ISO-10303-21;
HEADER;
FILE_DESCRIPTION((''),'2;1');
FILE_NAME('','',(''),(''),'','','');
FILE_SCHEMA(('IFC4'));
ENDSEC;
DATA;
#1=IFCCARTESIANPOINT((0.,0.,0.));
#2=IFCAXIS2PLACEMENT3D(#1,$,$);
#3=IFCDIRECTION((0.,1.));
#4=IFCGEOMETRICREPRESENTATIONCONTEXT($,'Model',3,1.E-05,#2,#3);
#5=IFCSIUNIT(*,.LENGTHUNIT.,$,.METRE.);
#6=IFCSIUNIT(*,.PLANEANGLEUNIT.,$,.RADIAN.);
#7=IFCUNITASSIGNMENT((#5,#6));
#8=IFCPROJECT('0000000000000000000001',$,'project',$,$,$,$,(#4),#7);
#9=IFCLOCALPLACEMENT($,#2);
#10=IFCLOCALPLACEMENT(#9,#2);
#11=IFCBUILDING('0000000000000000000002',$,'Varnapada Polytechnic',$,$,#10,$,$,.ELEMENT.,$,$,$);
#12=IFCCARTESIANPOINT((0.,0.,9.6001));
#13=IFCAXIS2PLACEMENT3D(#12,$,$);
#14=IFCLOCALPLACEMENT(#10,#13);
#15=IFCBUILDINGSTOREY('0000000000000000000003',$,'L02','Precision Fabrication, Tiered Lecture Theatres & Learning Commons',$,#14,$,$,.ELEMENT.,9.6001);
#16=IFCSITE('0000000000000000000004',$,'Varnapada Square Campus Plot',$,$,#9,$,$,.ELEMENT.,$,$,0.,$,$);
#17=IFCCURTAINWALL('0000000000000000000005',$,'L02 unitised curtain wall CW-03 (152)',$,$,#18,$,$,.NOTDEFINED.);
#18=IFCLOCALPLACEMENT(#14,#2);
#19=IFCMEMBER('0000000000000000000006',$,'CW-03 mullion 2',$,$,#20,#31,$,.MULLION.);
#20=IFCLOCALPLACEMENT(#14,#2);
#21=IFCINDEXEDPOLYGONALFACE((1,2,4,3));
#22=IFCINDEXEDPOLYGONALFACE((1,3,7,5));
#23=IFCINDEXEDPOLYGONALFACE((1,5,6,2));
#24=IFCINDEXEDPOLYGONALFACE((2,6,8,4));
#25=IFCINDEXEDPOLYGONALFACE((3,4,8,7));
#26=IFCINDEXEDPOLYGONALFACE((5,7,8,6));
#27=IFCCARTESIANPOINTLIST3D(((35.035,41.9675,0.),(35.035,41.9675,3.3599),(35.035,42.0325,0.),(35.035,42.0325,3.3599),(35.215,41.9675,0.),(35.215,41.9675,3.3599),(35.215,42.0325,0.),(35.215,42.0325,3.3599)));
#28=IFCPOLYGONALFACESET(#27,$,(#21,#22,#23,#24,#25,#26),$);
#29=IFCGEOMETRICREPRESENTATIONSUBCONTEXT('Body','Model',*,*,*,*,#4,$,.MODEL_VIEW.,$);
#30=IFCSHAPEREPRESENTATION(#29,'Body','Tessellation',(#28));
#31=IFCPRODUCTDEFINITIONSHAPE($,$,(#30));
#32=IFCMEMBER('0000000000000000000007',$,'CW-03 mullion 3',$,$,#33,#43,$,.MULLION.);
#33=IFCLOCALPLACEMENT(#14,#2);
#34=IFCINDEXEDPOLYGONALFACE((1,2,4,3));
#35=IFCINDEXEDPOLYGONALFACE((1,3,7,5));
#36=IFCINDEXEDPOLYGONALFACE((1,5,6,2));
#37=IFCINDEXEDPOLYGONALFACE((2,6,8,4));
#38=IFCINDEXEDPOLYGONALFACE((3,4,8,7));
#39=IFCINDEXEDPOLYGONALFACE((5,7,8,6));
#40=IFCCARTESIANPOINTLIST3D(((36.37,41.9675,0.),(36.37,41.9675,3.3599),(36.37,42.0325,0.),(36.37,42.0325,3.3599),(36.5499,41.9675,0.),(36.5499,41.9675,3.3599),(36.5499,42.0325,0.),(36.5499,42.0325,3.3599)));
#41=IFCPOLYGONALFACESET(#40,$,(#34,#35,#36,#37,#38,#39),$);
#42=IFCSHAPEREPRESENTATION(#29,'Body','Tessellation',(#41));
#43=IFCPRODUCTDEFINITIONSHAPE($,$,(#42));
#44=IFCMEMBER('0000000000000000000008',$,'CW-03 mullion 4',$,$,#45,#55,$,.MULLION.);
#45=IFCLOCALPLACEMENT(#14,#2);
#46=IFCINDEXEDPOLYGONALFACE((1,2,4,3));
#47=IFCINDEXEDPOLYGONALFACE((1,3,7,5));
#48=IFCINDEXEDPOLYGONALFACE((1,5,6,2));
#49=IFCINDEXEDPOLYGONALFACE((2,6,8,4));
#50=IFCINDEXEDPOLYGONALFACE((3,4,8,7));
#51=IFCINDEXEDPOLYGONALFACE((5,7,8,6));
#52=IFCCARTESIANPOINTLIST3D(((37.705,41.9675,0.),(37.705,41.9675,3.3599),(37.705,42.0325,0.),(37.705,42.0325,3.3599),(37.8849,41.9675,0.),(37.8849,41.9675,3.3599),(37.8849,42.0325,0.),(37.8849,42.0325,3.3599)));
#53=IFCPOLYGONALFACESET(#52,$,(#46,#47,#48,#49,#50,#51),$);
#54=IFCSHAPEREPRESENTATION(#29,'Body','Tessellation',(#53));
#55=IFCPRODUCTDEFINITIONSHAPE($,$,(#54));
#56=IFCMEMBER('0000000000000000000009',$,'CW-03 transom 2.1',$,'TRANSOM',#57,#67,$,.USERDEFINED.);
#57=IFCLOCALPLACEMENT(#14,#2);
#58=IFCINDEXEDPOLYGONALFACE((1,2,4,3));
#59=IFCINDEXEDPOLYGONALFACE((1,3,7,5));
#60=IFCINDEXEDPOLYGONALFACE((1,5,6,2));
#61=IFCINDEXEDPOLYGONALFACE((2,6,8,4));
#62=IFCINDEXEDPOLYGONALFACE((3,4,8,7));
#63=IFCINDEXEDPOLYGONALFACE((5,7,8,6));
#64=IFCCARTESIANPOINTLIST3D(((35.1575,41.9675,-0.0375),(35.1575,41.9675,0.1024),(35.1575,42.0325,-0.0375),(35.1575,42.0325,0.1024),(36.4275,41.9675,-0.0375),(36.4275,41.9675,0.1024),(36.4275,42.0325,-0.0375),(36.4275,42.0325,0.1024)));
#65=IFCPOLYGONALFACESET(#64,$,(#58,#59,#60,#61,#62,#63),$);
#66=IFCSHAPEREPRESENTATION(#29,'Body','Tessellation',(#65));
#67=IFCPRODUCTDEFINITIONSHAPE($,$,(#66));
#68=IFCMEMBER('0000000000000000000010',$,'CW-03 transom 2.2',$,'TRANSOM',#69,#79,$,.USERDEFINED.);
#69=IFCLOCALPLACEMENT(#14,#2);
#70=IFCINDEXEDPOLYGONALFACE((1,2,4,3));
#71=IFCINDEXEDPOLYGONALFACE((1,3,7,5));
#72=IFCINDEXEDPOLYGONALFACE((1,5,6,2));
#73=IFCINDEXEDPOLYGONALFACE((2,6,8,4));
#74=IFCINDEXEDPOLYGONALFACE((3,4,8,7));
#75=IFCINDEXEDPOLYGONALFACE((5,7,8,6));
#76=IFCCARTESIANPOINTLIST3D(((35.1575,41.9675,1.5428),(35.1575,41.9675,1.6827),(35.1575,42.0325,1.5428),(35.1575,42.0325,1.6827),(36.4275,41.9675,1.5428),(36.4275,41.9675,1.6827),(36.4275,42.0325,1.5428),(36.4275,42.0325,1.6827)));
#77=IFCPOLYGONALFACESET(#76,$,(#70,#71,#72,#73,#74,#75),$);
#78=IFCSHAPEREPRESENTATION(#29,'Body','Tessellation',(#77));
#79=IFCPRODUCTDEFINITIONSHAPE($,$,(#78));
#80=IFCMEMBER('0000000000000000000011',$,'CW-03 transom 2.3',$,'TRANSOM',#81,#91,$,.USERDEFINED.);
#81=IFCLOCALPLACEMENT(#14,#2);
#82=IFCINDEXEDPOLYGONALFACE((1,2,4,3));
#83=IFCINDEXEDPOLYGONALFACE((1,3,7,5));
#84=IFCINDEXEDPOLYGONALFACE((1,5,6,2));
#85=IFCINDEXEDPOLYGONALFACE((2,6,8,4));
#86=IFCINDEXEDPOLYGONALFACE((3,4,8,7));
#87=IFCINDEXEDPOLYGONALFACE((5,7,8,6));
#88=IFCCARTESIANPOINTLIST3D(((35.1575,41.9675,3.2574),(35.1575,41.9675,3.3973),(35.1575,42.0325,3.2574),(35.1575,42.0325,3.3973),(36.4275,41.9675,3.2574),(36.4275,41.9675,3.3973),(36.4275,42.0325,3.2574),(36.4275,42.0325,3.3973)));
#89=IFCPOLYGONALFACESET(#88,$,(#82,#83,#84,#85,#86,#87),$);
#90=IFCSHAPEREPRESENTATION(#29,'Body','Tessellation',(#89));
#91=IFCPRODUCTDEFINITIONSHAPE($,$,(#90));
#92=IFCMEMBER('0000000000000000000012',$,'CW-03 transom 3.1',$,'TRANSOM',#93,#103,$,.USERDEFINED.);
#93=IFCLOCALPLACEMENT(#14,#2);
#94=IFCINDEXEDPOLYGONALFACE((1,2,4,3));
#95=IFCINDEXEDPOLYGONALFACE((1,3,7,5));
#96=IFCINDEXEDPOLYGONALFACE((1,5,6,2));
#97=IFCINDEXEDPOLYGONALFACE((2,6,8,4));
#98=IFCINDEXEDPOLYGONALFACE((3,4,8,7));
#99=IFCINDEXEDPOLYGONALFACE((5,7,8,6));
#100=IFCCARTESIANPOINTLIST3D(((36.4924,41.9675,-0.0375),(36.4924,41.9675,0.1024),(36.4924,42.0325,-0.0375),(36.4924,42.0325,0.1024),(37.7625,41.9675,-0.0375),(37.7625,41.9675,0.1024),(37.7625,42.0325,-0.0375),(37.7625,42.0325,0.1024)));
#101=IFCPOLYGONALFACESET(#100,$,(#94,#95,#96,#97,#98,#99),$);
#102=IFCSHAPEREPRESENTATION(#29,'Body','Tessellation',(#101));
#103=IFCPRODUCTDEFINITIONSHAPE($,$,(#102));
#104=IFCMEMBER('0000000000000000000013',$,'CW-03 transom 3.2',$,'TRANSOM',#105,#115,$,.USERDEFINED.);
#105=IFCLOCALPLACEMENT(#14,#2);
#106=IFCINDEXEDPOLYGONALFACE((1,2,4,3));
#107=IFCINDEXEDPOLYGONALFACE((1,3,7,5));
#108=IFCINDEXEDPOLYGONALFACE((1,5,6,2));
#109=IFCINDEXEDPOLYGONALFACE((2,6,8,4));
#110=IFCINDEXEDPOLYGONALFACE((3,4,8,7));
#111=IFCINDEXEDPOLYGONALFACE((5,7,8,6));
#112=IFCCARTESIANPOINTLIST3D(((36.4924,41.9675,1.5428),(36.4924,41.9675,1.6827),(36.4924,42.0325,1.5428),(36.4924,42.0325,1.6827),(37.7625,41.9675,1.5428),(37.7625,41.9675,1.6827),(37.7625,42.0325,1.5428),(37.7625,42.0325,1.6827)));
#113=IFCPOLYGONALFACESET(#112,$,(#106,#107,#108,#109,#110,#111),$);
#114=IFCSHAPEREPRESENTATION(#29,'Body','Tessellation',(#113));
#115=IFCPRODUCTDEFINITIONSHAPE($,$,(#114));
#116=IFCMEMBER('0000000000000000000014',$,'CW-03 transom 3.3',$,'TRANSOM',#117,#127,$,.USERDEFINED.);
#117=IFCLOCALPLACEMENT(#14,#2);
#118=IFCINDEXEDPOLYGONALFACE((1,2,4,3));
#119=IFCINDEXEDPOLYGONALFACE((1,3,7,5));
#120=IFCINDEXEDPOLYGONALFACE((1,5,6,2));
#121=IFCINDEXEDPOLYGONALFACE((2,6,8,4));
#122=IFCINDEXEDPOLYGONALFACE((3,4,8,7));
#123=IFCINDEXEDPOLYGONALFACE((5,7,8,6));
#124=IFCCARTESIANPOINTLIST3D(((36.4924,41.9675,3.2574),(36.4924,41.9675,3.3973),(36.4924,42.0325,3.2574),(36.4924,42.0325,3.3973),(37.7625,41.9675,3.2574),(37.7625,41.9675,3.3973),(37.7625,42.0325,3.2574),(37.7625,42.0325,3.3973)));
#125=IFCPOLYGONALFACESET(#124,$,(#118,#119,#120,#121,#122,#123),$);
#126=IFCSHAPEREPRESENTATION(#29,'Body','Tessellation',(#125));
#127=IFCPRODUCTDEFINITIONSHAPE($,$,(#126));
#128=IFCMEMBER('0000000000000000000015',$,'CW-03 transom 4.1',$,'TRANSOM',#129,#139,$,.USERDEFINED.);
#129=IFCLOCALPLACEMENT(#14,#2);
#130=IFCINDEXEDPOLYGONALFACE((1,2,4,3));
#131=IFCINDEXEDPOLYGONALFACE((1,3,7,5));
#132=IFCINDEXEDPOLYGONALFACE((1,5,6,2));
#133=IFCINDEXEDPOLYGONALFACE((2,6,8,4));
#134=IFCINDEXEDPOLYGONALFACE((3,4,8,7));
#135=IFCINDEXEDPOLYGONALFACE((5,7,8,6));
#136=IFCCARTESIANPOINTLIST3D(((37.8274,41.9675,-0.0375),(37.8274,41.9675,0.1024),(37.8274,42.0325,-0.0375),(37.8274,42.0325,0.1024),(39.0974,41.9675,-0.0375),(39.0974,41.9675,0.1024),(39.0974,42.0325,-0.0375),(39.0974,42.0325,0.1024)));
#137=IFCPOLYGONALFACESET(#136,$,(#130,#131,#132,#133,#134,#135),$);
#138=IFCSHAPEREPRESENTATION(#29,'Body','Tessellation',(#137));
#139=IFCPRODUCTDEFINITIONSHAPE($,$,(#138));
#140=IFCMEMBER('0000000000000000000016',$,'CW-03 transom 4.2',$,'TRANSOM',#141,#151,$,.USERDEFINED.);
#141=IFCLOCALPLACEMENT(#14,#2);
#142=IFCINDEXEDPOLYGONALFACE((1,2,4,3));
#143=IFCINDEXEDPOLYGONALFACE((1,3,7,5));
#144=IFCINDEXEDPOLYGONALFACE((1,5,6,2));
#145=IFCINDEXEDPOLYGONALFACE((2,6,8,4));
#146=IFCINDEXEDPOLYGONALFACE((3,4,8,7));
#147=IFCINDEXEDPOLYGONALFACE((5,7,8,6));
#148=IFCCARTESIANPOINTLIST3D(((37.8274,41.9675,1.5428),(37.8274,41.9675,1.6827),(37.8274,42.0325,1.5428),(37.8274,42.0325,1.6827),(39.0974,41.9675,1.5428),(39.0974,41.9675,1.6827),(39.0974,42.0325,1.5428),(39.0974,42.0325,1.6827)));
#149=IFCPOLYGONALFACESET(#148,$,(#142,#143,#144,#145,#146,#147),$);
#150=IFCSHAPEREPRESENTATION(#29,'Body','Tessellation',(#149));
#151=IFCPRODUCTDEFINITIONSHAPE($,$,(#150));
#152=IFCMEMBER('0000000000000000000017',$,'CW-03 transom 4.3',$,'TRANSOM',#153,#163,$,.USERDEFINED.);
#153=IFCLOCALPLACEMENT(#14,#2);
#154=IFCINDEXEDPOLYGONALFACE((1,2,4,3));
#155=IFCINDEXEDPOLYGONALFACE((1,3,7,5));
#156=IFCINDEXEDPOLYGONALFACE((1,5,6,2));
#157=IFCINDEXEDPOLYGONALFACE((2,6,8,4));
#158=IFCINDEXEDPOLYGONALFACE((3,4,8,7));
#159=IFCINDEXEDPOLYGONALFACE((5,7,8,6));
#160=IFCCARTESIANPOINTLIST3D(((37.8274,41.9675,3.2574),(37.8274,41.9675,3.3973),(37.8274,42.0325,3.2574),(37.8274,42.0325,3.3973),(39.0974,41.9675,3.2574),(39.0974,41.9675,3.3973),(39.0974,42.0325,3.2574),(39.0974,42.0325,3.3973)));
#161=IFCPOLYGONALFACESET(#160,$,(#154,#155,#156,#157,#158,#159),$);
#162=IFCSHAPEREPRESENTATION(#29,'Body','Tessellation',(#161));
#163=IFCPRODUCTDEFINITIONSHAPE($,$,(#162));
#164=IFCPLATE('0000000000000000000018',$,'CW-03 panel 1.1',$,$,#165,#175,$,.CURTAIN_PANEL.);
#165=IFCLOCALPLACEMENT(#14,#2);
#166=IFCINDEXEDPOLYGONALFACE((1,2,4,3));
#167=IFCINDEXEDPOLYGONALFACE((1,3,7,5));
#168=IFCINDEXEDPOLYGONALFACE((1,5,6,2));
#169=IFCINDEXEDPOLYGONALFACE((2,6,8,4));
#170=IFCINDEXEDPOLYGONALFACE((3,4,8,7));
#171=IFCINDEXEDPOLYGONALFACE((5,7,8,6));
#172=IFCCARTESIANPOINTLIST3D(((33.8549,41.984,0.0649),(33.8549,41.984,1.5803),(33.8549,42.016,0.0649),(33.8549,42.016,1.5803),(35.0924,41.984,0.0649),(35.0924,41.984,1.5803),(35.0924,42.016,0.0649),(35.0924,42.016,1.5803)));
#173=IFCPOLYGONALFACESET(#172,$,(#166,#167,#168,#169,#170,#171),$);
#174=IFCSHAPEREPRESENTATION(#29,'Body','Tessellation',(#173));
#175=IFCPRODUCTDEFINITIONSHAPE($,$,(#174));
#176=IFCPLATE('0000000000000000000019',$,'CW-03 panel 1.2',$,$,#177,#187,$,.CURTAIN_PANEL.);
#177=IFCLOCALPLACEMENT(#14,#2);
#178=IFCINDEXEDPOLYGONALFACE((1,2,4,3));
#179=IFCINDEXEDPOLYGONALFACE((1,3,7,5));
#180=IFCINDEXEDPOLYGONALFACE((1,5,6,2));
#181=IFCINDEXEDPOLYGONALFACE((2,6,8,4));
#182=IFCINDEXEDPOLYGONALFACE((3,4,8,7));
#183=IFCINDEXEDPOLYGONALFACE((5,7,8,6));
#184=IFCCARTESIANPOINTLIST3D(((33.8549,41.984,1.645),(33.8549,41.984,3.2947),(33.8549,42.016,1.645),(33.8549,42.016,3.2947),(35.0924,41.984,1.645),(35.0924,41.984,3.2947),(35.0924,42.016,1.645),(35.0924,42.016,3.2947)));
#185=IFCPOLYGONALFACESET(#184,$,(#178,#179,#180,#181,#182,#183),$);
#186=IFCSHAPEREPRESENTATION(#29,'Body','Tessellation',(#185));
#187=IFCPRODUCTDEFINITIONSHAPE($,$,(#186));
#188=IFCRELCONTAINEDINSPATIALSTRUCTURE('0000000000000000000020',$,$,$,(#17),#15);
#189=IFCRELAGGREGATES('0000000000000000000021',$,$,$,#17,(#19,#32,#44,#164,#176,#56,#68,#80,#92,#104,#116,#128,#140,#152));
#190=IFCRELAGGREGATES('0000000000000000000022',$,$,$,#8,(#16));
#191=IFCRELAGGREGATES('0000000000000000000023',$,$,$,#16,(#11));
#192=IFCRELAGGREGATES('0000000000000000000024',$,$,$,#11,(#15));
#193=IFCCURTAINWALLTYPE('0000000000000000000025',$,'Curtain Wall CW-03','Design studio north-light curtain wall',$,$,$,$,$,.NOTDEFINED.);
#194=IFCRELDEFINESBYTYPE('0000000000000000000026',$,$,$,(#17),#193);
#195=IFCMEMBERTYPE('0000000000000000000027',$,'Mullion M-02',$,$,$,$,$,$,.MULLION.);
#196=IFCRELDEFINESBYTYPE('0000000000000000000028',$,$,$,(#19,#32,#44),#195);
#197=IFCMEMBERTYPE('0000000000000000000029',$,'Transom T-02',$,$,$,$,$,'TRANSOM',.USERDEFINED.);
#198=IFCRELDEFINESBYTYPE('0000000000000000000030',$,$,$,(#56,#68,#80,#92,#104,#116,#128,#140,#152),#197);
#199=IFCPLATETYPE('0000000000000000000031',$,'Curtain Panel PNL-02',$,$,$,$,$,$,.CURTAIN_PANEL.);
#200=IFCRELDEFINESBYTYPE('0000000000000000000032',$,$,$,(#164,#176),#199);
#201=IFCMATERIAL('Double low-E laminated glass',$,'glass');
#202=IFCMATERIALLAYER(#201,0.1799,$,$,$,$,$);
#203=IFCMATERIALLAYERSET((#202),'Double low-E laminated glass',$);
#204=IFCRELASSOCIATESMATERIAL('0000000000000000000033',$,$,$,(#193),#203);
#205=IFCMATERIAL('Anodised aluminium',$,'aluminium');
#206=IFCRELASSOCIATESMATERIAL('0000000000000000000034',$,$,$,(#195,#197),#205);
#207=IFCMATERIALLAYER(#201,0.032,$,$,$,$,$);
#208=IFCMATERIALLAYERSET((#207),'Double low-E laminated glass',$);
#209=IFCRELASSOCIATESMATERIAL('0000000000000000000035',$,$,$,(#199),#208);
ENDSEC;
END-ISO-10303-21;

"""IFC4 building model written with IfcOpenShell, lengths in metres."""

from ifc_helpers import new_model, si_unit, direction, frame, origin, origin_2d, place, context, subcontext, project, spatial, rectangle, extrude, material, layer, layer_set, material_profile, profile_set, type_object, element, aggregate, save


model = new_model("IFC4")

# Units and contexts
model_context = context("Model", 3, precision=1e-05, world=origin(), true_north=direction((0.0, 1.0)))
body_context = subcontext(model_context, "Body", "Model", "MODEL_VIEW")
ifc_project = project(units=[si_unit("LENGTHUNIT", "METRE"), si_unit("PLANEANGLEUNIT", "RADIAN")], contexts=[model_context])

# Site, building, storey
site_placement = place(None, origin())
site = spatial("IfcSite", under=ifc_project, at=site_placement, Name="Varnapada Square Campus Plot", CompositionType="ELEMENT", RefElevation=0.0)
building_placement = place(site_placement, origin())
building = spatial("IfcBuilding", under=site, at=building_placement, Name="Varnapada Polytechnic", CompositionType="ELEMENT")
storey_placement = place(building_placement, frame((0.0, 0.0, 9.6001)))
storey = spatial("IfcBuildingStorey", under=building, at=storey_placement, Name="L02", Description="Precision Fabrication, Tiered Lecture Theatres & Learning Commons", CompositionType="ELEMENT", Elevation=9.6001)

# Curtain wall, members, plates
ifc_material_1 = material(Name="Double low-E laminated glass", Category="glass")
ifc_layer_1 = layer(ifc_material_1, 0.1799)
ifc_layer_set_1 = layer_set([ifc_layer_1], Name="Double low-E laminated glass")
curtain_wall_type = type_object("IfcCurtainWallType", Name="Curtain Wall CW-03", Description="Design studio north-light curtain wall", PredefinedType="NOTDEFINED", material=ifc_layer_set_1)
curtain_wall_placement = place(storey_placement, origin())
curtain_wall = element("IfcCurtainWall", 1, at=curtain_wall_placement, inside=storey, type_object=curtain_wall_type, Name="L02 unitised curtain wall CW-03 (152)", PredefinedType="NOTDEFINED")
ifc_material_2 = material(Name="Anodised aluminium", Category="aluminium")
ifc_material_profile_1 = material_profile(ifc_material_2, rectangle(XDim=0.0649, YDim=0.1799, at=origin_2d()), Name="ALU M65x180")
ifc_profile_set_1 = profile_set([ifc_material_profile_1], Name="Anodised aluminium")
member_type_1 = type_object("IfcMemberType", Name="Mullion M-02", PredefinedType="MULLION", material=ifc_profile_set_1)
member_1_placement = place(storey_placement, frame((35.125, 42.0, 0.0), z_axis=(0.0, 0.0, 1.0), x_axis=(0.0, 1.0, 0.0)))
member_1 = element("IfcMember", 2, at=member_1_placement, type_object=member_type_1, Name="CW-03 mullion 2", PredefinedType="MULLION", context=body_context, shape_type="SweptSolid", body=[
    extrude(rectangle(XDim=0.0649, YDim=0.1799, at=origin_2d()), origin(), (0.0, 0.0, 1.0), 3.3599),
])
member_2_placement = place(storey_placement, frame((36.46, 42.0, 0.0), z_axis=(0.0, 0.0, 1.0), x_axis=(0.0, 1.0, 0.0)))
member_2 = element("IfcMember", 3, at=member_2_placement, type_object=member_type_1, Name="CW-03 mullion 3", PredefinedType="MULLION", context=body_context, shape_type="SweptSolid", body=[
    extrude(rectangle(XDim=0.0649, YDim=0.1799, at=origin_2d()), origin(), (0.0, 0.0, 1.0), 3.3599),
])
member_3_placement = place(storey_placement, frame((37.7949, 42.0, 0.0), z_axis=(0.0, 0.0, 1.0), x_axis=(0.0, 1.0, 0.0)))
member_3 = element("IfcMember", 4, at=member_3_placement, type_object=member_type_1, Name="CW-03 mullion 4", PredefinedType="MULLION", context=body_context, shape_type="SweptSolid", body=[
    extrude(rectangle(XDim=0.0649, YDim=0.1799, at=origin_2d()), origin(), (0.0, 0.0, 1.0), 3.3599),
])
ifc_material_profile_2 = material_profile(ifc_material_2, rectangle(XDim=0.0649, YDim=0.1399, at=origin_2d()), Name="ALU T65x140")
ifc_profile_set_2 = profile_set([ifc_material_profile_2], Name="Anodised aluminium")
member_type_2 = type_object("IfcMemberType", Name="Transom T-02", ElementType="TRANSOM", PredefinedType="USERDEFINED", material=ifc_profile_set_2)
member_4_placement = place(storey_placement, frame((35.1575, 42.0, 0.0325), z_axis=(1.0, 0.0, 0.0), x_axis=(0.0, 1.0, 0.0)))
member_4 = element("IfcMember", 5, at=member_4_placement, type_object=member_type_2, Name="CW-03 transom 2.1", ObjectType="TRANSOM", PredefinedType="USERDEFINED", context=body_context, shape_type="SweptSolid", body=[
    extrude(rectangle(XDim=0.0649, YDim=0.1399, at=origin_2d()), origin(), (0.0, 0.0, 1.0), 1.27),
])
member_5_placement = place(storey_placement, frame((35.1575, 42.0, 1.6128), z_axis=(1.0, 0.0, 0.0), x_axis=(0.0, 1.0, 0.0)))
member_5 = element("IfcMember", 6, at=member_5_placement, type_object=member_type_2, Name="CW-03 transom 2.2", ObjectType="TRANSOM", PredefinedType="USERDEFINED", context=body_context, shape_type="SweptSolid", body=[
    extrude(rectangle(XDim=0.0649, YDim=0.1399, at=origin_2d()), origin(), (0.0, 0.0, 1.0), 1.27),
])
member_6_placement = place(storey_placement, frame((35.1575, 42.0, 3.3274), z_axis=(1.0, 0.0, 0.0), x_axis=(0.0, 1.0, 0.0)))
member_6 = element("IfcMember", 7, at=member_6_placement, type_object=member_type_2, Name="CW-03 transom 2.3", ObjectType="TRANSOM", PredefinedType="USERDEFINED", context=body_context, shape_type="SweptSolid", body=[
    extrude(rectangle(XDim=0.0649, YDim=0.1399, at=origin_2d()), origin(), (0.0, 0.0, 1.0), 1.27),
])
member_7_placement = place(storey_placement, frame((36.4924, 42.0, 0.0325), z_axis=(1.0, 0.0, 0.0), x_axis=(0.0, 1.0, 0.0)))
member_7 = element("IfcMember", 8, at=member_7_placement, type_object=member_type_2, Name="CW-03 transom 3.1", ObjectType="TRANSOM", PredefinedType="USERDEFINED", context=body_context, shape_type="SweptSolid", body=[
    extrude(rectangle(XDim=0.0649, YDim=0.1399, at=origin_2d()), origin(), (0.0, 0.0, 1.0), 1.27),
])
member_8_placement = place(storey_placement, frame((36.4924, 42.0, 1.6128), z_axis=(1.0, 0.0, 0.0), x_axis=(0.0, 1.0, 0.0)))
member_8 = element("IfcMember", 9, at=member_8_placement, type_object=member_type_2, Name="CW-03 transom 3.2", ObjectType="TRANSOM", PredefinedType="USERDEFINED", context=body_context, shape_type="SweptSolid", body=[
    extrude(rectangle(XDim=0.0649, YDim=0.1399, at=origin_2d()), origin(), (0.0, 0.0, 1.0), 1.27),
])
member_9_placement = place(storey_placement, frame((36.4924, 42.0, 3.3274), z_axis=(1.0, 0.0, 0.0), x_axis=(0.0, 1.0, 0.0)))
member_9 = element("IfcMember", 10, at=member_9_placement, type_object=member_type_2, Name="CW-03 transom 3.3", ObjectType="TRANSOM", PredefinedType="USERDEFINED", context=body_context, shape_type="SweptSolid", body=[
    extrude(rectangle(XDim=0.0649, YDim=0.1399, at=origin_2d()), origin(), (0.0, 0.0, 1.0), 1.27),
])
member_10_placement = place(storey_placement, frame((37.8274, 42.0, 0.0325), z_axis=(1.0, 0.0, 0.0), x_axis=(0.0, 1.0, 0.0)))
member_10 = element("IfcMember", 11, at=member_10_placement, type_object=member_type_2, Name="CW-03 transom 4.1", ObjectType="TRANSOM", PredefinedType="USERDEFINED", context=body_context, shape_type="SweptSolid", body=[
    extrude(rectangle(XDim=0.0649, YDim=0.1399, at=origin_2d()), origin(), (0.0, 0.0, 1.0), 1.27),
])
member_11_placement = place(storey_placement, frame((37.8274, 42.0, 1.6128), z_axis=(1.0, 0.0, 0.0), x_axis=(0.0, 1.0, 0.0)))
member_11 = element("IfcMember", 12, at=member_11_placement, type_object=member_type_2, Name="CW-03 transom 4.2", ObjectType="TRANSOM", PredefinedType="USERDEFINED", context=body_context, shape_type="SweptSolid", body=[
    extrude(rectangle(XDim=0.0649, YDim=0.1399, at=origin_2d()), origin(), (0.0, 0.0, 1.0), 1.27),
])
member_12_placement = place(storey_placement, frame((37.8274, 42.0, 3.3274), z_axis=(1.0, 0.0, 0.0), x_axis=(0.0, 1.0, 0.0)))
member_12 = element("IfcMember", 13, at=member_12_placement, type_object=member_type_2, Name="CW-03 transom 4.3", ObjectType="TRANSOM", PredefinedType="USERDEFINED", context=body_context, shape_type="SweptSolid", body=[
    extrude(rectangle(XDim=0.0649, YDim=0.1399, at=origin_2d()), origin(), (0.0, 0.0, 1.0), 1.27),
])
ifc_layer_2 = layer(ifc_material_1, 0.032)
ifc_layer_set_2 = layer_set([ifc_layer_2], Name="Double low-E laminated glass")
plate_type = type_object("IfcPlateType", Name="Curtain Panel PNL-02", PredefinedType="CURTAIN_PANEL", material=ifc_layer_set_2)
plate_1_placement = place(storey_placement, frame((34.4736, 42.0, 0.0649), z_axis=(0.0, 0.0, 1.0), x_axis=(1.0, 0.0, 0.0)))
plate_1 = element("IfcPlate", 14, at=plate_1_placement, type_object=plate_type, Name="CW-03 panel 1.1", PredefinedType="CURTAIN_PANEL", context=body_context, shape_type="SweptSolid", body=[
    extrude(rectangle(XDim=1.2375, YDim=0.032, at=origin_2d()), origin(), (0.0, 0.0, 1.0), 1.5154),
])
plate_2_placement = place(storey_placement, frame((34.4736, 42.0, 1.645), z_axis=(0.0, 0.0, 1.0), x_axis=(1.0, 0.0, 0.0)))
plate_2 = element("IfcPlate", 15, at=plate_2_placement, type_object=plate_type, Name="CW-03 panel 1.2", PredefinedType="CURTAIN_PANEL", context=body_context, shape_type="SweptSolid", body=[
    extrude(rectangle(XDim=1.2375, YDim=0.032, at=origin_2d()), origin(), (0.0, 0.0, 1.0), 1.6497),
])
aggregate(curtain_wall, [member_1, member_2, member_3, plate_1, plate_2, member_4, member_5, member_6, member_7, member_8, member_9, member_10, member_11, member_12])

save(model, "model.ifc")
